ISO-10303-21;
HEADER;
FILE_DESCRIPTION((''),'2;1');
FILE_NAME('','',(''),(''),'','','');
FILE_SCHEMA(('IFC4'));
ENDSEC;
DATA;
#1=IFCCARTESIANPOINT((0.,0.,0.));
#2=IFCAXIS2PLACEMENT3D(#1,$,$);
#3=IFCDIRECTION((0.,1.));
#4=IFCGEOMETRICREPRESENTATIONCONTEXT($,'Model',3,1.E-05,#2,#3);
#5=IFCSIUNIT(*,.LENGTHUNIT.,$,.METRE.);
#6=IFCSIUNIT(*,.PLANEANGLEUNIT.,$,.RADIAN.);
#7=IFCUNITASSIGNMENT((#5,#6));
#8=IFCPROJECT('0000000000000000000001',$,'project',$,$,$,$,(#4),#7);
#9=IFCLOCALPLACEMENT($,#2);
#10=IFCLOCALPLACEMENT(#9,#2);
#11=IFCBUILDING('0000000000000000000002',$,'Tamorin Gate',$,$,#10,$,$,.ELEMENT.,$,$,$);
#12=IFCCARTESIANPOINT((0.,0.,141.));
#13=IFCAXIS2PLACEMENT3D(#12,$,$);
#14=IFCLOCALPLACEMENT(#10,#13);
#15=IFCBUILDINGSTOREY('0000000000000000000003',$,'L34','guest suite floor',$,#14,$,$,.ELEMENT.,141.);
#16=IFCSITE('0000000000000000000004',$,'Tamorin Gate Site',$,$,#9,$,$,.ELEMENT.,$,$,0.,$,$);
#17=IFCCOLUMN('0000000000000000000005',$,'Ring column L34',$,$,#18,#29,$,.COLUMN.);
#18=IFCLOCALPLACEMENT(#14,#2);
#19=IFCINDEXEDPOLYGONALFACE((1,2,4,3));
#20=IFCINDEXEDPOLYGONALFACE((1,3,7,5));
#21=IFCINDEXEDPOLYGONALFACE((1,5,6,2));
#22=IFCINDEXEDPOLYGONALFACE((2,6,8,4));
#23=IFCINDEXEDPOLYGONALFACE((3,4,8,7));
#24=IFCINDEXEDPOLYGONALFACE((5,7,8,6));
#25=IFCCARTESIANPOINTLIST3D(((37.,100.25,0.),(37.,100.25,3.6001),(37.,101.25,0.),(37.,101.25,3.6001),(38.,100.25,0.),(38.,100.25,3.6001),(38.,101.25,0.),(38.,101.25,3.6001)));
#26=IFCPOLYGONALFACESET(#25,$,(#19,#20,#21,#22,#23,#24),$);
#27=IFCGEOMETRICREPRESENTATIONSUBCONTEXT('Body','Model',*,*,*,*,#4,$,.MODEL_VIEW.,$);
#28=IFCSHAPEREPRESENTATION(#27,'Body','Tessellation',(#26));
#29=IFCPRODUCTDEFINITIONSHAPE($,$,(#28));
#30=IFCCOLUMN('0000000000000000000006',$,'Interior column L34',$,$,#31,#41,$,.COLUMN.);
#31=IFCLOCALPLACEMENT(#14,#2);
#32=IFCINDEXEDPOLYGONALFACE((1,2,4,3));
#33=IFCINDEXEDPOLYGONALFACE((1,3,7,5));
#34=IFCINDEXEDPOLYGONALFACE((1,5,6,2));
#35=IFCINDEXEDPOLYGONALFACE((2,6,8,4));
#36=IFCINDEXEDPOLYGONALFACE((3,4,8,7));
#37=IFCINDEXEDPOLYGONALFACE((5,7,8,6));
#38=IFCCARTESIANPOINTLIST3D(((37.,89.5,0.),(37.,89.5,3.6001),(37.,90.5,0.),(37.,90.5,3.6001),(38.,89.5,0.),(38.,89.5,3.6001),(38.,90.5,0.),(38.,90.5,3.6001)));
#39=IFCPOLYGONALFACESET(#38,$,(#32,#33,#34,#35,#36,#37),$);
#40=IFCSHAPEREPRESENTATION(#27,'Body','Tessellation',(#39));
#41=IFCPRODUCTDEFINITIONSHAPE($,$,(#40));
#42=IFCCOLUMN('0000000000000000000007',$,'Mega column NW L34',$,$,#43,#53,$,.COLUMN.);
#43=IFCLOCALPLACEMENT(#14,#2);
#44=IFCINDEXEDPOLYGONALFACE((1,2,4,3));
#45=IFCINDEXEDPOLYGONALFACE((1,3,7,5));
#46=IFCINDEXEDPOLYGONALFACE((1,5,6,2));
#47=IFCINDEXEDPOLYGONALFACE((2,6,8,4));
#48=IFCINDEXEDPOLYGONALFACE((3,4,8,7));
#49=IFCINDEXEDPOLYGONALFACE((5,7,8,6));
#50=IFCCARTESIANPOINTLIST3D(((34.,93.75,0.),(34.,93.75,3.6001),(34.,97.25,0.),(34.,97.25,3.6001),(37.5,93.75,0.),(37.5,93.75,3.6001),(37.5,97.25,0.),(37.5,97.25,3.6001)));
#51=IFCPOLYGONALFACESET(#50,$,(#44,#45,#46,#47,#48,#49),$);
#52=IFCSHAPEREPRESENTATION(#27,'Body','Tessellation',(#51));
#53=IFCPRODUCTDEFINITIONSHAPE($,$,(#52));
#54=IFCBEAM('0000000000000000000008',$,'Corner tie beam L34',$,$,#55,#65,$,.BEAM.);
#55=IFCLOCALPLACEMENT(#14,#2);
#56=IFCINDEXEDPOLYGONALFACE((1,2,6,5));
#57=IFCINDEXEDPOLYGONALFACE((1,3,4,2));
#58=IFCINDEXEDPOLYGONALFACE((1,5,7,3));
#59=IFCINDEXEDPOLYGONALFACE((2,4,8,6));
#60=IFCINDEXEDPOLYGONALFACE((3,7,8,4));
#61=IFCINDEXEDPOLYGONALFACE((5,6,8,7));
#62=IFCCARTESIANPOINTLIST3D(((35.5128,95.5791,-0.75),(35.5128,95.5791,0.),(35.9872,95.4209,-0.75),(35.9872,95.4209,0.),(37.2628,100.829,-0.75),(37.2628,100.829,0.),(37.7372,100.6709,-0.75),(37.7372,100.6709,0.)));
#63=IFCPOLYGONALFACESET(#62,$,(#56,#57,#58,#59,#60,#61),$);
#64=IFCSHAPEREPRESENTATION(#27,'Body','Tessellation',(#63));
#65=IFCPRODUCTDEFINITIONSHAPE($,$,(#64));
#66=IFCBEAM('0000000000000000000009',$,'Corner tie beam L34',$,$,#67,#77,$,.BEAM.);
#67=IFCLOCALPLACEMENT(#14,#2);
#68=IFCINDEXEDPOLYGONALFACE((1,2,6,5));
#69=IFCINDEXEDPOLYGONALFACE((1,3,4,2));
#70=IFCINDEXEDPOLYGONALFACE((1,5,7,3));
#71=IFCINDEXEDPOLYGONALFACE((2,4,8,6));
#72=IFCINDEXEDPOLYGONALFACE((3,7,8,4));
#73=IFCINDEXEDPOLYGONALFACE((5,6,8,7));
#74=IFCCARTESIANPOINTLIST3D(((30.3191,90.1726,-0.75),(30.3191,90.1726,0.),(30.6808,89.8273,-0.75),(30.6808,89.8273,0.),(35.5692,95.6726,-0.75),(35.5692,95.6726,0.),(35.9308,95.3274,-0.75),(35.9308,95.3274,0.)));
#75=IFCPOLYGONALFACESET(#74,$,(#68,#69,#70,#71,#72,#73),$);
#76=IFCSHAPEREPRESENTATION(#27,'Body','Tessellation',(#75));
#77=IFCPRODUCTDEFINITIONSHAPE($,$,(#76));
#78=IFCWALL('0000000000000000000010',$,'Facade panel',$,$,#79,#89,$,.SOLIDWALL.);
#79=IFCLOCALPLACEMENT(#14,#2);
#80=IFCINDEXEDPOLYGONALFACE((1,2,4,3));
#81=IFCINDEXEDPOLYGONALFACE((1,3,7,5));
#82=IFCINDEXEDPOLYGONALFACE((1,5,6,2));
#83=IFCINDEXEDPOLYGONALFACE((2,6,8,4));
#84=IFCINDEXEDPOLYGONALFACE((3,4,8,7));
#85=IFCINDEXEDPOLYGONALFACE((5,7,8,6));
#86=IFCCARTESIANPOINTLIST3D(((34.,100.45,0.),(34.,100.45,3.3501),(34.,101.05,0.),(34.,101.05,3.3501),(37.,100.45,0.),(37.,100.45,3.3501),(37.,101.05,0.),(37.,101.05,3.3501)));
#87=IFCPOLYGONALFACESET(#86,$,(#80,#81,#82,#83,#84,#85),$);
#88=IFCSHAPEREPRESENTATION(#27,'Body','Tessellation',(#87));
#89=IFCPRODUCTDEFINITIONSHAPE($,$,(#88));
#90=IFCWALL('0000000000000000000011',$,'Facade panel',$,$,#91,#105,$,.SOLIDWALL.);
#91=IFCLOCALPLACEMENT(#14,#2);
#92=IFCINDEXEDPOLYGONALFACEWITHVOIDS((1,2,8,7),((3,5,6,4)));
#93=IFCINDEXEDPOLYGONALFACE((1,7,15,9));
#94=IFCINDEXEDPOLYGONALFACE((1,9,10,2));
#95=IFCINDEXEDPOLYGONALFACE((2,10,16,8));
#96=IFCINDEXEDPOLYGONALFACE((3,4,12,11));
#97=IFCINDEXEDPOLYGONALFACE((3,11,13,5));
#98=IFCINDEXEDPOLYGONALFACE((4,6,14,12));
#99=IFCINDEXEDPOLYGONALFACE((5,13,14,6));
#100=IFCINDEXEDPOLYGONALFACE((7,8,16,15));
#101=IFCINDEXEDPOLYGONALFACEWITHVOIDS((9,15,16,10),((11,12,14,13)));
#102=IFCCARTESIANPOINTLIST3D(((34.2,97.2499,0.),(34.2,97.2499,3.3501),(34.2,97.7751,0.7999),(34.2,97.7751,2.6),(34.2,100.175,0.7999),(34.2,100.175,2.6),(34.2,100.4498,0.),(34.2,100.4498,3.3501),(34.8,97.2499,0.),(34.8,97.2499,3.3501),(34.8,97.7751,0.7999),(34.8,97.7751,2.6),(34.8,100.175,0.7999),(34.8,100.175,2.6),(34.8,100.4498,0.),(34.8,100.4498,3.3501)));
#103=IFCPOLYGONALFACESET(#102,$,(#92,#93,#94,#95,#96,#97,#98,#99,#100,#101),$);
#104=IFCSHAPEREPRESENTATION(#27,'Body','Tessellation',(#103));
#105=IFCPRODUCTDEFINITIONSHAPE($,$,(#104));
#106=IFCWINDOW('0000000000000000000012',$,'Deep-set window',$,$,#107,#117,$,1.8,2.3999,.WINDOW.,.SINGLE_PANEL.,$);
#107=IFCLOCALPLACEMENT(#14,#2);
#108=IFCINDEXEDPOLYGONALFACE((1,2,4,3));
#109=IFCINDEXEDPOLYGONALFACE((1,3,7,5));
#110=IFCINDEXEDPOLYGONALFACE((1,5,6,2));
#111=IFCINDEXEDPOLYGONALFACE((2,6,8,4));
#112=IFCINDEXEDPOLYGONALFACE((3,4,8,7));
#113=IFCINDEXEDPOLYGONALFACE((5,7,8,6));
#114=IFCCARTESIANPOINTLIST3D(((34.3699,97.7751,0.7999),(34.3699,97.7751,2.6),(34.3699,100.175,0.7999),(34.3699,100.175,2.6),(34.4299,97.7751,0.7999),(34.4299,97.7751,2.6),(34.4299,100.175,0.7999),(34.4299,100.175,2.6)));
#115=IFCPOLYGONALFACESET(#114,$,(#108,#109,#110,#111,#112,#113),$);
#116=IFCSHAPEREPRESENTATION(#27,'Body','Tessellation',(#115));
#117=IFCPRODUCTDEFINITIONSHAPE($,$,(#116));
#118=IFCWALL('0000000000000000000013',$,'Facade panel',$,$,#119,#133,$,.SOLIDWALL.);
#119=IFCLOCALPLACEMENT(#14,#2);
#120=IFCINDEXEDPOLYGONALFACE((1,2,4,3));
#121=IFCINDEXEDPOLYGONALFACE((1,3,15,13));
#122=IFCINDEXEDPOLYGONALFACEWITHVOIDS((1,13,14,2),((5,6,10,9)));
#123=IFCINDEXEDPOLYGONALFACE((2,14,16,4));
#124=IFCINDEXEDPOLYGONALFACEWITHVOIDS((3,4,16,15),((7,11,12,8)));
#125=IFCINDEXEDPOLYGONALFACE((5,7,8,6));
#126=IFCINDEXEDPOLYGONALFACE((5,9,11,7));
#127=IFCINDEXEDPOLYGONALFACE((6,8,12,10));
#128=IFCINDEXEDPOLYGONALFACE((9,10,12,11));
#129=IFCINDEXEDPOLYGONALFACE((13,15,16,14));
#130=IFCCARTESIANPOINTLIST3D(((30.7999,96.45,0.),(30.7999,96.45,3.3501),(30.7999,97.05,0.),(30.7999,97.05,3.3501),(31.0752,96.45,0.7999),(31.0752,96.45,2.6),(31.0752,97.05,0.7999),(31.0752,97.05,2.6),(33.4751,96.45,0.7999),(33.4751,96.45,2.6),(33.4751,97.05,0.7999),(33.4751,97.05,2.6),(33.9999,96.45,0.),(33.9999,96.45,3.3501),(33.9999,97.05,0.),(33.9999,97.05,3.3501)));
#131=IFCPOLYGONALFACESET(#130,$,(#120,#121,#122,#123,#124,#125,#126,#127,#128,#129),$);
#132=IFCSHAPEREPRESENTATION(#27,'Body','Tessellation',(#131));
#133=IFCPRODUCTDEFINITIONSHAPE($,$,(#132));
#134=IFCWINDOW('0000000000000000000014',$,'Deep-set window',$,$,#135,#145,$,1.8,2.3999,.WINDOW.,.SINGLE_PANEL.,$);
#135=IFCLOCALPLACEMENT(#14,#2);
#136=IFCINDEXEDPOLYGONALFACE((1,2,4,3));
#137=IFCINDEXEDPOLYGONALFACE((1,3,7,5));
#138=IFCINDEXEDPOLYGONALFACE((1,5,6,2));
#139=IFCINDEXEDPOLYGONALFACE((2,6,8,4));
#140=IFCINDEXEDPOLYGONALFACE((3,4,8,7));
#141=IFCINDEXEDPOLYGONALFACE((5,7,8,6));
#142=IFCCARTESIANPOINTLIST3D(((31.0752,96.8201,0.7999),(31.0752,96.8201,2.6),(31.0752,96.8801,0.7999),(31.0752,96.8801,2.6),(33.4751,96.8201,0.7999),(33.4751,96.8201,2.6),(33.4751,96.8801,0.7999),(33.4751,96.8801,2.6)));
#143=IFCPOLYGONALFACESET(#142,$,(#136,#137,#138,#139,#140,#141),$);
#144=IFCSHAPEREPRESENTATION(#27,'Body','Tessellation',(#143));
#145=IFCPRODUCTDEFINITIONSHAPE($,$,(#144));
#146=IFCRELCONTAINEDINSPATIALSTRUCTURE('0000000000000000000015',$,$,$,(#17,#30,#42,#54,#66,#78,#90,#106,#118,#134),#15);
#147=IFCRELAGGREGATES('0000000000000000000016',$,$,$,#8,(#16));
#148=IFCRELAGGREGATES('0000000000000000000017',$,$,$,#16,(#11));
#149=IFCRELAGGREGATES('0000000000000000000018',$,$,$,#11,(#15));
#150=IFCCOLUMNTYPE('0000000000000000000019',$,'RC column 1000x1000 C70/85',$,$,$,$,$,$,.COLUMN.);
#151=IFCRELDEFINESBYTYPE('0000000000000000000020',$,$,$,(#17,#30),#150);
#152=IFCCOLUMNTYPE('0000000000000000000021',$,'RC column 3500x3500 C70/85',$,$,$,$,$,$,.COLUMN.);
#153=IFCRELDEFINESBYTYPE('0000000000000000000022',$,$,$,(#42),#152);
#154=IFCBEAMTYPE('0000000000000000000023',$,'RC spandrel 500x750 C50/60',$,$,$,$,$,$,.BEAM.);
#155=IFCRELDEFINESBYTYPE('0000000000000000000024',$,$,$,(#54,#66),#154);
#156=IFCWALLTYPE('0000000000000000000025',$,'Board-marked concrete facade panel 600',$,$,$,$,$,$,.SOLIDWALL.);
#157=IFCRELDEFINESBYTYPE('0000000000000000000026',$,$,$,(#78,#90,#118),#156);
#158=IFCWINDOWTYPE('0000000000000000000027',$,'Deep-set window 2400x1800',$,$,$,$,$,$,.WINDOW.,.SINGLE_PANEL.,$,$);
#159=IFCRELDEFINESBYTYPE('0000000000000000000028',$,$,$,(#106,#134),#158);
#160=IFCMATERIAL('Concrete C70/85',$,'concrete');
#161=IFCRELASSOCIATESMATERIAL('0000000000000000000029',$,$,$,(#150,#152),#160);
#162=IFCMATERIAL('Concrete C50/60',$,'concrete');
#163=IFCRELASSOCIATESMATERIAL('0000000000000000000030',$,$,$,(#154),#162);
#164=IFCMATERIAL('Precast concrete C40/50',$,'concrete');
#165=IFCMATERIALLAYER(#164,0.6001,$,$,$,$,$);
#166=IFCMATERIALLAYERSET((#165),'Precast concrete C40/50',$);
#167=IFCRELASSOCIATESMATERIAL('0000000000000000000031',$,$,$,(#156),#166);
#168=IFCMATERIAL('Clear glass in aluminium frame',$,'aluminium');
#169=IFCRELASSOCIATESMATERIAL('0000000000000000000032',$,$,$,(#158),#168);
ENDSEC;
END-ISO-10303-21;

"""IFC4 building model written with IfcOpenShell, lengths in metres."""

from ifc_helpers import new_model, si_unit, direction, frame, frame_2d, origin, origin_2d, place, context, subcontext, project, spatial, rectangle, extrude, material, layer, layer_set, material_profile, profile_set, type_object, element, fill, save


model = new_model("IFC4")

# Units and contexts
model_context = context("Model", 3, precision=1e-05, world=origin(), true_north=direction((0.0, 1.0)))
body_context = subcontext(model_context, "Body", "Model", "MODEL_VIEW")
ifc_project = project(units=[si_unit("LENGTHUNIT", "METRE"), si_unit("PLANEANGLEUNIT", "RADIAN")], contexts=[model_context])

# Site, building, storey
site_placement = place(None, origin())
site = spatial("IfcSite", under=ifc_project, at=site_placement, Name="Tamorin Gate Site", CompositionType="ELEMENT", RefElevation=0.0)
building_placement = place(site_placement, origin())
building = spatial("IfcBuilding", under=site, at=building_placement, Name="Tamorin Gate", CompositionType="ELEMENT")
storey_placement = place(building_placement, frame((0.0, 0.0, 141.0)))
storey = spatial("IfcBuildingStorey", under=building, at=storey_placement, Name="L34", Description="guest suite floor", CompositionType="ELEMENT", Elevation=141.0)

# Columns
ifc_material_1 = material(Name="Concrete C70/85", Category="concrete")
ifc_material_profile_1 = material_profile(ifc_material_1, rectangle(XDim=1.0, YDim=1.0, at=origin_2d()), Name="RC 1000x1000")
ifc_profile_set_1 = profile_set([ifc_material_profile_1], Name="Concrete C70/85")
column_type_1 = type_object("IfcColumnType", Name="RC column 1000x1000 C70/85", PredefinedType="COLUMN", material=ifc_profile_set_1)
for number, where, z_axis, x_axis, name in (
    (1, (37.5, 100.75, 0.0), (0.0, 0.0, 1.0), (1.0, 0.0, 0.0), "Ring column L34"),
    (2, (37.5, 90.0, 0.0), (0.0, 0.0, 1.0), (1.0, 0.0, 0.0), "Interior column L34"),
):
    element("IfcColumn", number, at=place(storey_placement, frame(where, z_axis=z_axis, x_axis=x_axis)), inside=storey, type_object=column_type_1, Name=name, PredefinedType="COLUMN", context=body_context, shape_type="SweptSolid", body=[
        extrude(rectangle(XDim=1.0, YDim=1.0, at=origin_2d()), origin(), (0.0, 0.0, 1.0), 3.6001),
    ])
ifc_material_profile_2 = material_profile(ifc_material_1, rectangle(XDim=3.5, YDim=3.5, at=origin_2d()), Name="RC 3500x3500")
ifc_profile_set_2 = profile_set([ifc_material_profile_2], Name="Concrete C70/85")
column_type_2 = type_object("IfcColumnType", Name="RC column 3500x3500 C70/85", PredefinedType="COLUMN", material=ifc_profile_set_2)
column_placement = place(storey_placement, frame((35.75, 95.5, 0.0), z_axis=(0.0, 0.0, 1.0), x_axis=(1.0, 0.0, 0.0)))
element("IfcColumn", 3, at=column_placement, inside=storey, type_object=column_type_2, Name="Mega column NW L34", PredefinedType="COLUMN", context=body_context, shape_type="SweptSolid", body=[
    extrude(rectangle(XDim=3.5, YDim=3.5, at=origin_2d()), origin(), (0.0, 0.0, 1.0), 3.6001),
])

# Beams
ifc_material_2 = material(Name="Concrete C50/60", Category="concrete")
ifc_material_profile_3 = material_profile(ifc_material_2, rectangle(XDim=0.5, YDim=0.75, at=origin_2d()), Name="RC 500x750")
ifc_profile_set_3 = profile_set([ifc_material_profile_3], Name="Concrete C50/60")
beam_type = type_object("IfcBeamType", Name="RC spandrel 500x750 C50/60", PredefinedType="BEAM", material=ifc_profile_set_3)
beam_1_placement = place(storey_placement, frame((35.75, 95.5, -0.375), z_axis=(0.316228, 0.948683, 0.0), x_axis=(-0.948683, 0.316228, 0.0)))
element("IfcBeam", 4, at=beam_1_placement, inside=storey, type_object=beam_type, Name="Corner tie beam L34", PredefinedType="BEAM", context=body_context, shape_type="SweptSolid", body=[
    extrude(rectangle(XDim=0.5, YDim=0.75, at=origin_2d()), origin(), (0.0, 0.0, 1.0), 5.5339),
])
beam_2_placement = place(storey_placement, frame((35.75, 95.5, -0.375), z_axis=(-0.690476, -0.723356, 0.0), x_axis=(0.723356, -0.690476, 0.0)))
element("IfcBeam", 5, at=beam_2_placement, inside=storey, type_object=beam_type, Name="Corner tie beam L34", PredefinedType="BEAM", context=body_context, shape_type="SweptSolid", body=[
    extrude(rectangle(XDim=0.5, YDim=0.75, at=origin_2d()), origin(), (0.0, 0.0, 1.0), 7.6035),
])

# Wall
ifc_material_3 = material(Name="Precast concrete C40/50", Category="concrete")
ifc_layer_1 = layer(ifc_material_3, 0.6001)
ifc_layer_set_1 = layer_set([ifc_layer_1], Name="Precast concrete C40/50")
wall_type_1 = type_object("IfcWallType", Name="Board-marked concrete facade panel 600", PredefinedType="SOLIDWALL", material=ifc_layer_set_1)
wall_1_placement = place(storey_placement, frame((37.0, 100.75, 0.0), z_axis=(0.0, 0.0, 1.0), x_axis=(-1.0, 0.0, 0.0)))
element("IfcWall", 6, at=wall_1_placement, inside=storey, type_object=wall_type_1, Name="Facade panel", PredefinedType="SOLIDWALL", context=body_context, shape_type="SweptSolid", body=[
    extrude(rectangle(XDim=3.0, YDim=0.6001, at=frame_2d((1.5, 0.0))), origin(), (0.0, 0.0, 1.0), 3.3501),
])

# Walls, openings, windows
wall_2_placement = place(storey_placement, frame((34.5, 100.45, 0.0), z_axis=(0.0, 0.0, 1.0), x_axis=(0.0, -1.0, 0.0)))
wall_2 = element("IfcWall", 7, at=wall_2_placement, inside=storey, type_object=wall_type_1, Name="Facade panel", PredefinedType="SOLIDWALL", context=body_context, shape_type="SweptSolid", body=[
    extrude(rectangle(XDim=3.2, YDim=0.6001, at=frame_2d((1.6001, 0.0))), origin(), (0.0, 0.0, 1.0), 3.3501),
])
opening_1_placement = place(wall_2_placement, frame((0.2749, 0.0, 0.8)))
opening_1 = element("IfcOpeningElement", 8, at=opening_1_placement, cuts=wall_2, PredefinedType="OPENING", context=body_context, shape_type="SweptSolid", body=[
    extrude(rectangle(XDim=2.3999, YDim=1.8, at=frame_2d((1.2, 0.8999))), frame((0.0, 0.3101, 0.0), z_axis=(0.0, -1.0, 0.0), x_axis=(1.0, 0.0, 0.0)), (0.0, 0.0, 1.0), 0.6201),
])
ifc_material_4 = material(Name="Clear glass in aluminium frame", Category="aluminium")
window_type_1 = type_object("IfcWindowType", Name="Deep-set window 2400x1800", PartitioningType="SINGLE_PANEL", PredefinedType="WINDOW", material=ifc_material_4)
window_1_placement = place(opening_1_placement, origin())
window_1 = element("IfcWindow", 9, at=window_1_placement, inside=storey, type_object=window_type_1, Name="Deep-set window", OverallHeight=1.8, OverallWidth=2.3999, PartitioningType="SINGLE_PANEL", PredefinedType="WINDOW", context=body_context, shape_type="SweptSolid", body=[
    extrude(rectangle(XDim=2.3999, YDim=1.8, at=frame_2d((1.2, 0.8999))), frame((0.0, -0.0701, 0.0), z_axis=(0.0, -1.0, 0.0), x_axis=(1.0, 0.0, 0.0)), (0.0, 0.0, 1.0), 0.0601),
])
fill(opening_1, window_1)
wall_3_placement = place(storey_placement, frame((34.0, 96.75, 0.0), z_axis=(0.0, 0.0, 1.0), x_axis=(-1.0, 0.0, 0.0)))
wall_3 = element("IfcWall", 10, at=wall_3_placement, inside=storey, type_object=wall_type_1, Name="Facade panel", PredefinedType="SOLIDWALL", context=body_context, shape_type="SweptSolid", body=[
    extrude(rectangle(XDim=3.2, YDim=0.6001, at=frame_2d((1.6001, 0.0))), origin(), (0.0, 0.0, 1.0), 3.3501),
])
opening_2_placement = place(wall_3_placement, frame((0.5249, 0.0, 0.8)))
opening_2 = element("IfcOpeningElement", 11, at=opening_2_placement, cuts=wall_3, PredefinedType="OPENING", context=body_context, shape_type="SweptSolid", body=[
    extrude(rectangle(XDim=2.3999, YDim=1.8, at=frame_2d((1.2, 0.8999))), frame((0.0, 0.3101, 0.0), z_axis=(0.0, -1.0, 0.0), x_axis=(1.0, 0.0, 0.0)), (0.0, 0.0, 1.0), 0.6201),
])
window_2_placement = place(opening_2_placement, origin())
window_2 = element("IfcWindow", 12, at=window_2_placement, inside=storey, type_object=window_type_1, Name="Deep-set window", OverallHeight=1.8, OverallWidth=2.3999, PartitioningType="SINGLE_PANEL", PredefinedType="WINDOW", context=body_context, shape_type="SweptSolid", body=[
    extrude(rectangle(XDim=2.3999, YDim=1.8, at=frame_2d((1.2, 0.8999))), frame((0.0, -0.0701, 0.0), z_axis=(0.0, -1.0, 0.0), x_axis=(1.0, 0.0, 0.0)), (0.0, 0.0, 1.0), 0.0601),
])
fill(opening_2, window_2)

save(model, "model.ifc")
